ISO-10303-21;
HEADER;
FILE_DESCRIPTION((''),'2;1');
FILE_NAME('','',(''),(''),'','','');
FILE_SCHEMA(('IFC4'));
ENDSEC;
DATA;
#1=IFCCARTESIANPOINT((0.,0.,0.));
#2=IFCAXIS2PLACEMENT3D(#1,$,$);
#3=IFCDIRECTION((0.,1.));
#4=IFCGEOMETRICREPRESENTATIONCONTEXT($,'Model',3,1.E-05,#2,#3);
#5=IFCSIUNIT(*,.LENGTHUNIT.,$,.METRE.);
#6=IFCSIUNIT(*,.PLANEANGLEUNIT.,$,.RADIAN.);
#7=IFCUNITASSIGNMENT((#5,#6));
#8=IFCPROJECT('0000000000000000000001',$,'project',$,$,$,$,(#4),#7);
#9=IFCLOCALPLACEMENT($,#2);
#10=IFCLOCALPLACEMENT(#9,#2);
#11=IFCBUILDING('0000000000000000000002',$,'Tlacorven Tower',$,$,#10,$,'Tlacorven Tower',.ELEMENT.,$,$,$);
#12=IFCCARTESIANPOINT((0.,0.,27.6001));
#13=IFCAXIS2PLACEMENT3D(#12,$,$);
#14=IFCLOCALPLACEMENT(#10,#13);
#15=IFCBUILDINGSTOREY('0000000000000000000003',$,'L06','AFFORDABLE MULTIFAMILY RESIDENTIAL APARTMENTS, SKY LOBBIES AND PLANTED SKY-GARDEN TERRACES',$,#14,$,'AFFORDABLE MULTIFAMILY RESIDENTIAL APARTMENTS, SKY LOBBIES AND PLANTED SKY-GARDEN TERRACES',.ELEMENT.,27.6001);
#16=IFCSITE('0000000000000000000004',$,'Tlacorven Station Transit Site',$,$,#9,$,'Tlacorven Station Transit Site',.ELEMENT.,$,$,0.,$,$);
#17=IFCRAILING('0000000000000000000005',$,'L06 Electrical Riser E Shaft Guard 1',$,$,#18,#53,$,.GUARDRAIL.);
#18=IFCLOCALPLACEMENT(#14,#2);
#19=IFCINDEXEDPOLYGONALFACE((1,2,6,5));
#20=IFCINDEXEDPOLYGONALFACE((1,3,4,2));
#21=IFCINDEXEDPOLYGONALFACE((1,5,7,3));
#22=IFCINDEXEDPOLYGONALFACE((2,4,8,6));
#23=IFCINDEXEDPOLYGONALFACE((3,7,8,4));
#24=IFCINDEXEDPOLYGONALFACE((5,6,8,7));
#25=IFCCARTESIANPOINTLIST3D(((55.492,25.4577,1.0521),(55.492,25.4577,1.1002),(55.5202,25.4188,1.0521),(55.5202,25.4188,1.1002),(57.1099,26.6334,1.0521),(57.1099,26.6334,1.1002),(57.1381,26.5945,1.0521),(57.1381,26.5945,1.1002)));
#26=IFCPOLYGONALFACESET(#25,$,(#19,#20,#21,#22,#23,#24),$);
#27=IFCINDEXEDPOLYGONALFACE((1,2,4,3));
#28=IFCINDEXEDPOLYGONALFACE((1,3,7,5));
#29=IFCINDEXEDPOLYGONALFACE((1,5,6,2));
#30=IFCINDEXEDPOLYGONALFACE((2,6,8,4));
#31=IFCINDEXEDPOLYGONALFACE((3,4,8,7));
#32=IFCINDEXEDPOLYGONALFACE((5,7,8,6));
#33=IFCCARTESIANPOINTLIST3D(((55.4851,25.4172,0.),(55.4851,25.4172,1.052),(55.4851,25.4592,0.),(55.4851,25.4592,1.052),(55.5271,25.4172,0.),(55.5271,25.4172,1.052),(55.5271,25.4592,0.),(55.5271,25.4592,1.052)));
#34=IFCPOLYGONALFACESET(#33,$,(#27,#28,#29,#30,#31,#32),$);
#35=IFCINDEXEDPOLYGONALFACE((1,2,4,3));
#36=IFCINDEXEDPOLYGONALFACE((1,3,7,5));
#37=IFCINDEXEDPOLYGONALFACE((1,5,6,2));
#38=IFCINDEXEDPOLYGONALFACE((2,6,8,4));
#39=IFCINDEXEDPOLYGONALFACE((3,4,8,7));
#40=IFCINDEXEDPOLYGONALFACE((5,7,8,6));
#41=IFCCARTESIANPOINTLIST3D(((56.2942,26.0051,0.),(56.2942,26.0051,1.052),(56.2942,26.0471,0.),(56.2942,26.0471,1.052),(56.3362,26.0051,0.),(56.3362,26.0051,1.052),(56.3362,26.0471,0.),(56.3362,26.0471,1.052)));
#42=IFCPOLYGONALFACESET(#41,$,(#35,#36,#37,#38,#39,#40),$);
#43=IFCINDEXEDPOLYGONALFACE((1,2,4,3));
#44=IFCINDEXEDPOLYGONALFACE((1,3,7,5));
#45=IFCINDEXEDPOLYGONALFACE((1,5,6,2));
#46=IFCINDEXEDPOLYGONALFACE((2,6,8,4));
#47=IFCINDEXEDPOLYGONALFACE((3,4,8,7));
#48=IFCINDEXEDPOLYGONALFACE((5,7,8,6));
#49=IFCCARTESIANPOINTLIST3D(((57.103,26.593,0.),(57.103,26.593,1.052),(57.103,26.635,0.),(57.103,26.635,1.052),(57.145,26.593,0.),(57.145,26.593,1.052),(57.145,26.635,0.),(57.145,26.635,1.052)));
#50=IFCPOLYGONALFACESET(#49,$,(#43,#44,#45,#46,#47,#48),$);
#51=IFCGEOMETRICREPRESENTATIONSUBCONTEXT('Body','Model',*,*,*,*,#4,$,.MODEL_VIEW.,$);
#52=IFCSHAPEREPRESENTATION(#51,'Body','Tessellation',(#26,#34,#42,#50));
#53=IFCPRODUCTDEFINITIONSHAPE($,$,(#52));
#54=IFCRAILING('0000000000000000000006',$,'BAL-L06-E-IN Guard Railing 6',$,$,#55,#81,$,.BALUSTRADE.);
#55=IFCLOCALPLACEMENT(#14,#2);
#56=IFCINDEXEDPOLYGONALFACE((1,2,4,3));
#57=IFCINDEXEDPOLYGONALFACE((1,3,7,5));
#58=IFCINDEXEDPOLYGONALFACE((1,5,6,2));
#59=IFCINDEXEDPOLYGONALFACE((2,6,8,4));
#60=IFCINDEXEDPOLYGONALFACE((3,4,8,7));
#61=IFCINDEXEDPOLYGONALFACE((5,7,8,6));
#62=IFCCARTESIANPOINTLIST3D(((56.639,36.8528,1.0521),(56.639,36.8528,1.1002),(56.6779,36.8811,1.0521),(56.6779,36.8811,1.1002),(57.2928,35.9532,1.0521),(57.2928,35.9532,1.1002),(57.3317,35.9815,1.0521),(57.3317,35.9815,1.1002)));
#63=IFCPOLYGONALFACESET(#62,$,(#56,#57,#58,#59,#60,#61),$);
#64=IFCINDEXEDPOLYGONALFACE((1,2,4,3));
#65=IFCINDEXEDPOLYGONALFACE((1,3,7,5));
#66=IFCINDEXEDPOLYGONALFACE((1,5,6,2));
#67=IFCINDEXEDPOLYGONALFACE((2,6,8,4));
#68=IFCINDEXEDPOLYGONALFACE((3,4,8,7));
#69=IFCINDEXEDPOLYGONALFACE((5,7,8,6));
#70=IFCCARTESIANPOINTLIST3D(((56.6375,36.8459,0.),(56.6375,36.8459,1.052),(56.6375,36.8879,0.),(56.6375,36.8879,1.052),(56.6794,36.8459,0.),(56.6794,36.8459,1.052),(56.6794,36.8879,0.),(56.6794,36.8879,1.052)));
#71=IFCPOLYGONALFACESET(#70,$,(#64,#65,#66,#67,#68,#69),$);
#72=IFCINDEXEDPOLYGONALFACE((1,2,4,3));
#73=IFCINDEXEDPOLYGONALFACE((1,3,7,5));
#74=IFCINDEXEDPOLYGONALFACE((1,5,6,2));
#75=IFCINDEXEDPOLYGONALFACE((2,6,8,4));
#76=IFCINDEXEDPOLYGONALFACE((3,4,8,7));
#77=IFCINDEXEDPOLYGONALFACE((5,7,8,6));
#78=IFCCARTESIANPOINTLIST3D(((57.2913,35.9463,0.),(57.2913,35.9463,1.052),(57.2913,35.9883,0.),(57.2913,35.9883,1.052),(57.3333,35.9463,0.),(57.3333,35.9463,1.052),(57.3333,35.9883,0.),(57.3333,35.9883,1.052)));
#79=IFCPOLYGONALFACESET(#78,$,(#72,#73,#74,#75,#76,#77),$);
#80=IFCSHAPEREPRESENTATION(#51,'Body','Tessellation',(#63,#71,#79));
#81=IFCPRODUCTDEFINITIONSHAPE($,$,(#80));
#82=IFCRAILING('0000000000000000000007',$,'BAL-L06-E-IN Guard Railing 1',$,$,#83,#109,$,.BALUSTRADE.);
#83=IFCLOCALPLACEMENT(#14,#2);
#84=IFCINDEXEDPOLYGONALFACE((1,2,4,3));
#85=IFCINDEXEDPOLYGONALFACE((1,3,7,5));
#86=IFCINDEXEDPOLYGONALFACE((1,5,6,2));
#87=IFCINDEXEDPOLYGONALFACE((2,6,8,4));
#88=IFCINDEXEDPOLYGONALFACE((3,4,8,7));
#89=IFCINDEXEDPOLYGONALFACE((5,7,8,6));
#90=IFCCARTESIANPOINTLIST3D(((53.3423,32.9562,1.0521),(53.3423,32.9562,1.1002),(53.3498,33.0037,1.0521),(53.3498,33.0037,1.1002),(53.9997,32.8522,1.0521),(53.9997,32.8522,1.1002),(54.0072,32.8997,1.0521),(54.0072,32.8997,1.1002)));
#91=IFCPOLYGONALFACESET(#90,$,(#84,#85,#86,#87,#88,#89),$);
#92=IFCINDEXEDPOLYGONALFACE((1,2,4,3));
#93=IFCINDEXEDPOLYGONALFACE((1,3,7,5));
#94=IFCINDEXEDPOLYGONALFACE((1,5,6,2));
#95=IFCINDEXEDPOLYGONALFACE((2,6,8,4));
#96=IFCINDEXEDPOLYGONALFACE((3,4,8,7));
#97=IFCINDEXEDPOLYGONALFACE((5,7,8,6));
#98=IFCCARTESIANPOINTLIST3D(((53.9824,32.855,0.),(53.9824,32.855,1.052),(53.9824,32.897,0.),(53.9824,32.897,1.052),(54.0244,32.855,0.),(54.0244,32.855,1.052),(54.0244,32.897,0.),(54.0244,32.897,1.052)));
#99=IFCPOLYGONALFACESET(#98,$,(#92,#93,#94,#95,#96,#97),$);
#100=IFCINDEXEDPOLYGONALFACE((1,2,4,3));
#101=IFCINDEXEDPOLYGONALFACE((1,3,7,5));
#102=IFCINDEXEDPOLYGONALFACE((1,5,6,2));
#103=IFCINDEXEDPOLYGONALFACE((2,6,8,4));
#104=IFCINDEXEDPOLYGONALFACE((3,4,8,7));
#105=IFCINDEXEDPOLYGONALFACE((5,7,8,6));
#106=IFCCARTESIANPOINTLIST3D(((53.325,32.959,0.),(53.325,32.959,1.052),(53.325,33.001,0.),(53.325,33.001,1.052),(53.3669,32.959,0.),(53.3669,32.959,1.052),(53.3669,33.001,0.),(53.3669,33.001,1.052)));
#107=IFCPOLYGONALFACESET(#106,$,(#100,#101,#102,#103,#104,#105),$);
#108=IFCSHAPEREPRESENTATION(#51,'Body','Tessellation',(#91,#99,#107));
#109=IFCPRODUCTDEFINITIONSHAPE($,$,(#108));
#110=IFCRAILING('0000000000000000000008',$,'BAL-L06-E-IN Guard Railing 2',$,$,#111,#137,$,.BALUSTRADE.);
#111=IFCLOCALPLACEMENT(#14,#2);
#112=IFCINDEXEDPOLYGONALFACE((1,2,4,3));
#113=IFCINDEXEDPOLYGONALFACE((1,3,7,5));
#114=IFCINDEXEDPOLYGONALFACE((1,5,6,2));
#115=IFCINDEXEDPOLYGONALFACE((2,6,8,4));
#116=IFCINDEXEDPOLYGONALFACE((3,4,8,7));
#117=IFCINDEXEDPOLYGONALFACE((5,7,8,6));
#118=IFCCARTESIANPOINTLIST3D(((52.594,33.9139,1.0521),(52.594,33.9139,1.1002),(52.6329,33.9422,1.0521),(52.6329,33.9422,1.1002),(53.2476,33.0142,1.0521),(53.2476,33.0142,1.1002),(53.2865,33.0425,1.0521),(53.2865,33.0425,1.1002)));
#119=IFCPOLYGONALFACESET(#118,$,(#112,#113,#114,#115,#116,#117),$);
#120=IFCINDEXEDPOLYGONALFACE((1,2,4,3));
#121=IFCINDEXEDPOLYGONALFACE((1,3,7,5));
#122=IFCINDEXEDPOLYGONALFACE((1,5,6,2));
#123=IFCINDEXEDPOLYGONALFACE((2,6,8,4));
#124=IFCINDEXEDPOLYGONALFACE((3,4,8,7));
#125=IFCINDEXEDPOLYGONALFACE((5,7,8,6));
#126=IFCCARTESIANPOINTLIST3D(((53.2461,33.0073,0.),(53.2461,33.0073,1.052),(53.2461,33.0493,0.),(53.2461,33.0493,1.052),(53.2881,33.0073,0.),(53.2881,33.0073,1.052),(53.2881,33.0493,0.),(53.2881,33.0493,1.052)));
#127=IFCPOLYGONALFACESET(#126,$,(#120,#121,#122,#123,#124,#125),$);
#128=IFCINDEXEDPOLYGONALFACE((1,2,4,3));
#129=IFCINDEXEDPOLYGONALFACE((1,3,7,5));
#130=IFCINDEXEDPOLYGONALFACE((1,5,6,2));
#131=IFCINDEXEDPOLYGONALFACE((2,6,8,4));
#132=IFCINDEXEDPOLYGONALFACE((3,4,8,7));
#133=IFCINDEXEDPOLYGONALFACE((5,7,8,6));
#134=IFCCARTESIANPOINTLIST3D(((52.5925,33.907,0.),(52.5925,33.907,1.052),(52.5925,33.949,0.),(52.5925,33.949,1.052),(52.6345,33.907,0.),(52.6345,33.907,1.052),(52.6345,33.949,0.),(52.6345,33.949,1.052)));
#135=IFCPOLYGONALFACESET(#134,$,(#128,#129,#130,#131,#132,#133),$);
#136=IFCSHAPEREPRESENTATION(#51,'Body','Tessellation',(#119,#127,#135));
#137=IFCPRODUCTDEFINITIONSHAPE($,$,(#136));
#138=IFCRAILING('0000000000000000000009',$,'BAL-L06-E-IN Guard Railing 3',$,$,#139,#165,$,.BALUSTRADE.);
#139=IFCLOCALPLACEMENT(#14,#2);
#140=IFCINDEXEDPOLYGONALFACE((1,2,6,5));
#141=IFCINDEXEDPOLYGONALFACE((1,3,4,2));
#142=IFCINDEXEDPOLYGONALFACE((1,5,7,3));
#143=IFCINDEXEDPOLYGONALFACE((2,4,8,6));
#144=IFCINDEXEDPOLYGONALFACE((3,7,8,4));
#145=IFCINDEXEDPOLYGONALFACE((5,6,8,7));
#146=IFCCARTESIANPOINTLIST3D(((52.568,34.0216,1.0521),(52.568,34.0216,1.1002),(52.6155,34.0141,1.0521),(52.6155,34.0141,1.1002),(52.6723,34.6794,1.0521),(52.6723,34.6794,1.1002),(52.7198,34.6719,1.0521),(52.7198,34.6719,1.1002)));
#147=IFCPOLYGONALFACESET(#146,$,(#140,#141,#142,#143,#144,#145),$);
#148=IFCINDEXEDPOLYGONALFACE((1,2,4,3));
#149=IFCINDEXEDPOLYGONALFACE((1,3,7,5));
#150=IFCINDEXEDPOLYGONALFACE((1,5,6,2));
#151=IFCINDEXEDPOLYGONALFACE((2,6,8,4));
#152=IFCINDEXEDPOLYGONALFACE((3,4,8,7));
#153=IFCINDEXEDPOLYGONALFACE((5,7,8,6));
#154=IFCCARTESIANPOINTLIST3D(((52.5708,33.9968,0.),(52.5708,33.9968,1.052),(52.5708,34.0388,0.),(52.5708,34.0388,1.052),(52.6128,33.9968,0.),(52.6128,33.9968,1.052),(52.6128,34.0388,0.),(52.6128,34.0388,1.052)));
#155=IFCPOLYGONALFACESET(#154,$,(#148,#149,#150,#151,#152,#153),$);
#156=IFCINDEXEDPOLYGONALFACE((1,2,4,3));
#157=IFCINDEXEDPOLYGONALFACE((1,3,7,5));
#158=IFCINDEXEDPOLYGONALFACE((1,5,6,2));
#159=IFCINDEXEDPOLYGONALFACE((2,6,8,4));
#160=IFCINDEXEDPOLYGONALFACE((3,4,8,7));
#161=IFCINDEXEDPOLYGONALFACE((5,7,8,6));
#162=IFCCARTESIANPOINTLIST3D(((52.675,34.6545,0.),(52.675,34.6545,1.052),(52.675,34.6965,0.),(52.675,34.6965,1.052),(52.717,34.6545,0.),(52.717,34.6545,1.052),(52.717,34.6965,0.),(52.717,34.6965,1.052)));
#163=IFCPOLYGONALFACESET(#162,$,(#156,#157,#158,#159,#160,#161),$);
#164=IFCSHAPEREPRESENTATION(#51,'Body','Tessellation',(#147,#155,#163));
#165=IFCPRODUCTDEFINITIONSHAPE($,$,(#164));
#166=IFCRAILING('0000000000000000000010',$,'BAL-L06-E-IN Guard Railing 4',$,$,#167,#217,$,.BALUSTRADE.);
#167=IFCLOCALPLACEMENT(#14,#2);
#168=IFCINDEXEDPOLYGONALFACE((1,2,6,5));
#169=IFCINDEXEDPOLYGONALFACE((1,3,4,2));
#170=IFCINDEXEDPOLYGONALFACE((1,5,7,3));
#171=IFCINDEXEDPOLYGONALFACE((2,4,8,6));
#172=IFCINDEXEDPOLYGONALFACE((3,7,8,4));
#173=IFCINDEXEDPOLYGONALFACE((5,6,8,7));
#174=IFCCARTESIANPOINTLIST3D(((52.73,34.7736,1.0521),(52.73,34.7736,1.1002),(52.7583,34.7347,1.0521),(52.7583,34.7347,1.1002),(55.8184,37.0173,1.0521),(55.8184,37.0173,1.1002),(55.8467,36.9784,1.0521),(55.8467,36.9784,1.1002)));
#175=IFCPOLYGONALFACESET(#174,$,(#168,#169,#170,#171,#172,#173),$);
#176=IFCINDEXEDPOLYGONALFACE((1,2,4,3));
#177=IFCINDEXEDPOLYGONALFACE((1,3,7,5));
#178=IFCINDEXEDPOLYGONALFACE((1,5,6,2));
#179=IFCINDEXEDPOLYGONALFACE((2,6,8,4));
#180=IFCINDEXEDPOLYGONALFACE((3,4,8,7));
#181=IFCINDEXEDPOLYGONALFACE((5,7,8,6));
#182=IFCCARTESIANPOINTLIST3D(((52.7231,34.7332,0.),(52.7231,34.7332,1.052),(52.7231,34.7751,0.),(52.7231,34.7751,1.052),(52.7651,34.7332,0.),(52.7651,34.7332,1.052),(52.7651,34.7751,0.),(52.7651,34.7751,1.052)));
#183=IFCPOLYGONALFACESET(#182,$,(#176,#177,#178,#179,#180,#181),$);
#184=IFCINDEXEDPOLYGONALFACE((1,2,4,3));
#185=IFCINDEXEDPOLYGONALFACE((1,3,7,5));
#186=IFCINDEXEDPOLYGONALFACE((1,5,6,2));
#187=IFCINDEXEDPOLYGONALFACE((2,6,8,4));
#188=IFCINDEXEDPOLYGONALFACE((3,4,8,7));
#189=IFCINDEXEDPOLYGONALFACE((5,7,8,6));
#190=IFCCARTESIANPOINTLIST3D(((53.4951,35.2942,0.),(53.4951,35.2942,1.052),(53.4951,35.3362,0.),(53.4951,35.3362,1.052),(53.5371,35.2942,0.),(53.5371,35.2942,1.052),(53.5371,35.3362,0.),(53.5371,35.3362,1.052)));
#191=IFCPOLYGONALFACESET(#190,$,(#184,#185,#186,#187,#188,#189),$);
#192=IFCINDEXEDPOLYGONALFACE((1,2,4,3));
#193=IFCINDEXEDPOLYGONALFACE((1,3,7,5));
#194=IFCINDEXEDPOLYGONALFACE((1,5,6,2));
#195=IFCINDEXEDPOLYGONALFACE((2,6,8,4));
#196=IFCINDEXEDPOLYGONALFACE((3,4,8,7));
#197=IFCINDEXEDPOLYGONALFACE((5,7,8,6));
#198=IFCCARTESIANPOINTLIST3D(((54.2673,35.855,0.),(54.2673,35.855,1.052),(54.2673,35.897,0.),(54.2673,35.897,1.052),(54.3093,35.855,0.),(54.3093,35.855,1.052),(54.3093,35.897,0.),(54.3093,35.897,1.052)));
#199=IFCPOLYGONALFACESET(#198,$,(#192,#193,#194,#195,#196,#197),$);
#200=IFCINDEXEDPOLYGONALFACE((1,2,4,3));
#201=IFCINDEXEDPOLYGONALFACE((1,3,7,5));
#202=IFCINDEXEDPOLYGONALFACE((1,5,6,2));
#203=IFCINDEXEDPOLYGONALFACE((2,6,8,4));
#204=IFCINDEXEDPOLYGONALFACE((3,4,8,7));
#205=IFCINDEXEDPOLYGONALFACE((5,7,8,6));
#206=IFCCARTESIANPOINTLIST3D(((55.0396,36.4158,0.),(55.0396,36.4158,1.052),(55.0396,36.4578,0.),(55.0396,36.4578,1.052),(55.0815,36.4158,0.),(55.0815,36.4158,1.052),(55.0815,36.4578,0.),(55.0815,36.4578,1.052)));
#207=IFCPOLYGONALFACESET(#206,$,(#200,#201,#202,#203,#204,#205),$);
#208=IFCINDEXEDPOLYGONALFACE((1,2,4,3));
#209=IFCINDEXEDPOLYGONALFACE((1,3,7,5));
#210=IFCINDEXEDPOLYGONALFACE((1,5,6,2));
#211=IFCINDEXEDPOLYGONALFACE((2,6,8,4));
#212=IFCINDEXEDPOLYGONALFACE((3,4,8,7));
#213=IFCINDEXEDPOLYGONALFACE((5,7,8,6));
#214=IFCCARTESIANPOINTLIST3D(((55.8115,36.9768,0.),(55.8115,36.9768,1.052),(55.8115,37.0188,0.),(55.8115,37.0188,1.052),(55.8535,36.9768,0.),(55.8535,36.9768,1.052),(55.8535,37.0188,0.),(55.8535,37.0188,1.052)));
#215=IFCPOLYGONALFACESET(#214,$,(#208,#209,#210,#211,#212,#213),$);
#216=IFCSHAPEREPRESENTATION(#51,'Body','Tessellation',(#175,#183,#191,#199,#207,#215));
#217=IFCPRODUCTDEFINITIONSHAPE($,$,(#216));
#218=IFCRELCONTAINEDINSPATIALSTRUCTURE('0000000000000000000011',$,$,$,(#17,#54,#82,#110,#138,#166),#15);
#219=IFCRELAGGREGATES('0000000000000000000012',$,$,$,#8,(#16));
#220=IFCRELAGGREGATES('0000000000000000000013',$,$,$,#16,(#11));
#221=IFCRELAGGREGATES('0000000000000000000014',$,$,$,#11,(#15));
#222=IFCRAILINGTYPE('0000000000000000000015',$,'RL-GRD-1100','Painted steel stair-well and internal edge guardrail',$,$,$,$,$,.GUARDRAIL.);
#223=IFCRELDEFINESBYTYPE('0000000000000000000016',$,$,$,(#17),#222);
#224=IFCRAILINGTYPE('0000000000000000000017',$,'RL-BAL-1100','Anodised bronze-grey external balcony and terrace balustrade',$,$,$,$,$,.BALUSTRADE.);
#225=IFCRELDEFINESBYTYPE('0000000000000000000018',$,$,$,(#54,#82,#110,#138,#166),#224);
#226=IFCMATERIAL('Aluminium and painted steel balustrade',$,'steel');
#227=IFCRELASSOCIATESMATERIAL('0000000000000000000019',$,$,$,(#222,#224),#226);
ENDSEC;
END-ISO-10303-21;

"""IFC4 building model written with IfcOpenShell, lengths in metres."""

from ifc_helpers import new_model, si_unit, direction, frame, origin, origin_2d, place, context, subcontext, project, spatial, rectangle, extrude, source, transform, mapped, material, type_object, element, save


model = new_model("IFC4")

# Units and contexts
model_context = context("Model", 3, precision=1e-05, world=origin(), true_north=direction((0.0, 1.0)))
body_context = subcontext(model_context, "Body", "Model", "MODEL_VIEW")
ifc_project = project(units=[si_unit("LENGTHUNIT", "METRE"), si_unit("PLANEANGLEUNIT", "RADIAN")], contexts=[model_context])

# Site, building, storey
site_placement = place(None, origin())
site = spatial("IfcSite", under=ifc_project, at=site_placement, Name="Tlacorven Station Transit Site", LongName="Tlacorven Station Transit Site", CompositionType="ELEMENT", RefElevation=0.0)
building_placement = place(site_placement, origin())
building = spatial("IfcBuilding", under=site, at=building_placement, Name="Tlacorven Tower", LongName="Tlacorven Tower", CompositionType="ELEMENT")
storey_placement = place(building_placement, frame((0.0, 0.0, 27.6001)))
storey = spatial("IfcBuildingStorey", under=building, at=storey_placement, Name="L06", Description="AFFORDABLE MULTIFAMILY RESIDENTIAL APARTMENTS, SKY LOBBIES AND PLANTED SKY-GARDEN TERRACES", LongName="AFFORDABLE MULTIFAMILY RESIDENTIAL APARTMENTS, SKY LOBBIES AND PLANTED SKY-GARDEN TERRACES", CompositionType="ELEMENT", Elevation=27.6001)

# Railings
ifc_material_1 = material(Name="Aluminium and painted steel balustrade", Category="steel")
railing_type_1 = type_object("IfcRailingType", Name="RL-GRD-1100", Description="Painted steel stair-well and internal edge guardrail", PredefinedType="GUARDRAIL", material=ifc_material_1)
shared_shape_1 = source(origin(), body_context, "Body", "SweptSolid", [
    extrude(rectangle(XDim=0.0481, YDim=0.0481, at=origin_2d()), frame((0.0, 0.0, 1.0762), z_axis=(0.808947, 0.587881, 0.0), x_axis=(-0.587881, 0.808947, 0.0)), (0.0, 0.0, 1.0), 2.0),
    extrude(rectangle(XDim=0.042, YDim=0.042, at=origin_2d()), origin(), (0.0, 0.0, 1.0), 1.052),
    extrude(rectangle(XDim=0.042, YDim=0.042, at=origin_2d()), frame((0.8091, 0.5879, 0.0)), (0.0, 0.0, 1.0), 1.052),
    extrude(rectangle(XDim=0.042, YDim=0.042, at=origin_2d()), frame((1.6179, 1.1758, 0.0)), (0.0, 0.0, 1.0), 1.052),
])
railing_1_placement = place(storey_placement, frame((55.5061, 25.4382, 0.0)))
element("IfcRailing", 1, at=railing_1_placement, inside=storey, type_object=railing_type_1, Name="L06 Electrical Riser E Shaft Guard 1", PredefinedType="GUARDRAIL", context=body_context, shape_type="MappedRepresentation", body=[
    mapped(shared_shape_1, transform((0.0, 0.0, 0.0), scale=1.0)),
])
railing_type_2 = type_object("IfcRailingType", Name="RL-BAL-1100", Description="Anodised bronze-grey external balcony and terrace balustrade", PredefinedType="BALUSTRADE", material=ifc_material_1)
shared_shape_2 = source(origin(), body_context, "Body", "SweptSolid", [
    extrude(rectangle(XDim=0.0481, YDim=0.0481, at=origin_2d()), frame((0.0, 0.0, 1.0762), z_axis=(0.587884, -0.808945, 0.0), x_axis=(0.808945, 0.587884, 0.0)), (0.0, 0.0, 1.0), 1.1121),
    extrude(rectangle(XDim=0.042, YDim=0.042, at=origin_2d()), origin(), (0.0, 0.0, 1.0), 1.052),
    extrude(rectangle(XDim=0.042, YDim=0.042, at=origin_2d()), frame((0.6538, -0.8997, 0.0)), (0.0, 0.0, 1.0), 1.052),
])
railing_2_placement = place(storey_placement, frame((56.6584, 36.8669, 0.0)))
element("IfcRailing", 2, at=railing_2_placement, inside=storey, type_object=railing_type_2, Name="BAL-L06-E-IN Guard Railing 6", PredefinedType="BALUSTRADE", context=body_context, shape_type="MappedRepresentation", body=[
    mapped(shared_shape_2, transform((0.0, 0.0, 0.0), scale=1.0)),
])
shared_shape_3 = source(origin(), body_context, "Body", "SweptSolid", [
    extrude(rectangle(XDim=0.0481, YDim=0.0481, at=origin_2d()), frame((0.0, 0.0, 1.0762), z_axis=(-0.987718, 0.156245, 0.0), x_axis=(-0.156245, -0.987718, 0.0)), (0.0, 0.0, 1.0), 0.6655),
    extrude(rectangle(XDim=0.042, YDim=0.042, at=origin_2d()), origin(), (0.0, 0.0, 1.0), 1.052),
    extrude(rectangle(XDim=0.042, YDim=0.042, at=origin_2d()), frame((-0.6575, 0.104, 0.0)), (0.0, 0.0, 1.0), 1.052),
])
railing_3_placement = place(storey_placement, frame((54.0034, 32.876, 0.0)))
element("IfcRailing", 3, at=railing_3_placement, inside=storey, type_object=railing_type_2, Name="BAL-L06-E-IN Guard Railing 1", PredefinedType="BALUSTRADE", context=body_context, shape_type="MappedRepresentation", body=[
    mapped(shared_shape_3, transform((0.0, 0.0, 0.0), scale=1.0)),
])
shared_shape_4 = source(origin(), body_context, "Body", "SweptSolid", [
    extrude(rectangle(XDim=0.0481, YDim=0.0481, at=origin_2d()), frame((0.0, 0.0, 1.0762), z_axis=(-0.587741, 0.809049, 0.0), x_axis=(-0.809049, -0.587741, 0.0)), (0.0, 0.0, 1.0), 1.1121),
    extrude(rectangle(XDim=0.042, YDim=0.042, at=origin_2d()), origin(), (0.0, 0.0, 1.0), 1.052),
    extrude(rectangle(XDim=0.042, YDim=0.042, at=origin_2d()), frame((-0.6536, 0.8997, 0.0)), (0.0, 0.0, 1.0), 1.052),
])
railing_4_placement = place(storey_placement, frame((53.2671, 33.0283, 0.0)))
element("IfcRailing", 4, at=railing_4_placement, inside=storey, type_object=railing_type_2, Name="BAL-L06-E-IN Guard Railing 2", PredefinedType="BALUSTRADE", context=body_context, shape_type="MappedRepresentation", body=[
    mapped(shared_shape_4, transform((0.0, 0.0, 0.0), scale=1.0)),
])
shared_shape_5 = source(origin(), body_context, "Body", "SweptSolid", [
    extrude(rectangle(XDim=0.0481, YDim=0.0481, at=origin_2d()), frame((0.0, 0.0, 1.0762), z_axis=(0.156546, 0.987671, 0.0), x_axis=(-0.987671, 0.156546, 0.0)), (0.0, 0.0, 1.0), 0.666),
    extrude(rectangle(XDim=0.042, YDim=0.042, at=origin_2d()), origin(), (0.0, 0.0, 1.0), 1.052),
    extrude(rectangle(XDim=0.042, YDim=0.042, at=origin_2d()), frame((0.1042, 0.6577, 0.0)), (0.0, 0.0, 1.0), 1.052),
])
railing_5_placement = place(storey_placement, frame((52.5918, 34.0178, 0.0)))
element("IfcRailing", 5, at=railing_5_placement, inside=storey, type_object=railing_type_2, Name="BAL-L06-E-IN Guard Railing 3", PredefinedType="BALUSTRADE", context=body_context, shape_type="MappedRepresentation", body=[
    mapped(shared_shape_5, transform((0.0, 0.0, 0.0), scale=1.0)),
])
shared_shape_6 = source(origin(), body_context, "Body", "SweptSolid", [
    extrude(rectangle(XDim=0.0481, YDim=0.0481, at=origin_2d()), frame((0.0, 0.0, 1.0762), z_axis=(0.80904, 0.587753, 0.0), x_axis=(-0.587753, 0.80904, 0.0)), (0.0, 0.0, 1.0), 3.8174),
    extrude(rectangle(XDim=0.042, YDim=0.042, at=origin_2d()), origin(), (0.0, 0.0, 1.0), 1.052),
    extrude(rectangle(XDim=0.042, YDim=0.042, at=origin_2d()), frame((0.772, 0.561, 0.0)), (0.0, 0.0, 1.0), 1.052),
    extrude(rectangle(XDim=0.042, YDim=0.042, at=origin_2d()), frame((1.5442, 1.1218, 0.0)), (0.0, 0.0, 1.0), 1.052),
    extrude(rectangle(XDim=0.042, YDim=0.042, at=origin_2d()), frame((2.3164, 1.6826, 0.0)), (0.0, 0.0, 1.0), 1.052),
    extrude(rectangle(XDim=0.042, YDim=0.042, at=origin_2d()), frame((3.0884, 2.2437, 0.0)), (0.0, 0.0, 1.0), 1.052),
])
railing_6_placement = place(storey_placement, frame((52.7441, 34.7542, 0.0)))
element("IfcRailing", 6, at=railing_6_placement, inside=storey, type_object=railing_type_2, Name="BAL-L06-E-IN Guard Railing 4", PredefinedType="BALUSTRADE", context=body_context, shape_type="MappedRepresentation", body=[
    mapped(shared_shape_6, transform((0.0, 0.0, 0.0), scale=1.0)),
])

save(model, "model.ifc")
